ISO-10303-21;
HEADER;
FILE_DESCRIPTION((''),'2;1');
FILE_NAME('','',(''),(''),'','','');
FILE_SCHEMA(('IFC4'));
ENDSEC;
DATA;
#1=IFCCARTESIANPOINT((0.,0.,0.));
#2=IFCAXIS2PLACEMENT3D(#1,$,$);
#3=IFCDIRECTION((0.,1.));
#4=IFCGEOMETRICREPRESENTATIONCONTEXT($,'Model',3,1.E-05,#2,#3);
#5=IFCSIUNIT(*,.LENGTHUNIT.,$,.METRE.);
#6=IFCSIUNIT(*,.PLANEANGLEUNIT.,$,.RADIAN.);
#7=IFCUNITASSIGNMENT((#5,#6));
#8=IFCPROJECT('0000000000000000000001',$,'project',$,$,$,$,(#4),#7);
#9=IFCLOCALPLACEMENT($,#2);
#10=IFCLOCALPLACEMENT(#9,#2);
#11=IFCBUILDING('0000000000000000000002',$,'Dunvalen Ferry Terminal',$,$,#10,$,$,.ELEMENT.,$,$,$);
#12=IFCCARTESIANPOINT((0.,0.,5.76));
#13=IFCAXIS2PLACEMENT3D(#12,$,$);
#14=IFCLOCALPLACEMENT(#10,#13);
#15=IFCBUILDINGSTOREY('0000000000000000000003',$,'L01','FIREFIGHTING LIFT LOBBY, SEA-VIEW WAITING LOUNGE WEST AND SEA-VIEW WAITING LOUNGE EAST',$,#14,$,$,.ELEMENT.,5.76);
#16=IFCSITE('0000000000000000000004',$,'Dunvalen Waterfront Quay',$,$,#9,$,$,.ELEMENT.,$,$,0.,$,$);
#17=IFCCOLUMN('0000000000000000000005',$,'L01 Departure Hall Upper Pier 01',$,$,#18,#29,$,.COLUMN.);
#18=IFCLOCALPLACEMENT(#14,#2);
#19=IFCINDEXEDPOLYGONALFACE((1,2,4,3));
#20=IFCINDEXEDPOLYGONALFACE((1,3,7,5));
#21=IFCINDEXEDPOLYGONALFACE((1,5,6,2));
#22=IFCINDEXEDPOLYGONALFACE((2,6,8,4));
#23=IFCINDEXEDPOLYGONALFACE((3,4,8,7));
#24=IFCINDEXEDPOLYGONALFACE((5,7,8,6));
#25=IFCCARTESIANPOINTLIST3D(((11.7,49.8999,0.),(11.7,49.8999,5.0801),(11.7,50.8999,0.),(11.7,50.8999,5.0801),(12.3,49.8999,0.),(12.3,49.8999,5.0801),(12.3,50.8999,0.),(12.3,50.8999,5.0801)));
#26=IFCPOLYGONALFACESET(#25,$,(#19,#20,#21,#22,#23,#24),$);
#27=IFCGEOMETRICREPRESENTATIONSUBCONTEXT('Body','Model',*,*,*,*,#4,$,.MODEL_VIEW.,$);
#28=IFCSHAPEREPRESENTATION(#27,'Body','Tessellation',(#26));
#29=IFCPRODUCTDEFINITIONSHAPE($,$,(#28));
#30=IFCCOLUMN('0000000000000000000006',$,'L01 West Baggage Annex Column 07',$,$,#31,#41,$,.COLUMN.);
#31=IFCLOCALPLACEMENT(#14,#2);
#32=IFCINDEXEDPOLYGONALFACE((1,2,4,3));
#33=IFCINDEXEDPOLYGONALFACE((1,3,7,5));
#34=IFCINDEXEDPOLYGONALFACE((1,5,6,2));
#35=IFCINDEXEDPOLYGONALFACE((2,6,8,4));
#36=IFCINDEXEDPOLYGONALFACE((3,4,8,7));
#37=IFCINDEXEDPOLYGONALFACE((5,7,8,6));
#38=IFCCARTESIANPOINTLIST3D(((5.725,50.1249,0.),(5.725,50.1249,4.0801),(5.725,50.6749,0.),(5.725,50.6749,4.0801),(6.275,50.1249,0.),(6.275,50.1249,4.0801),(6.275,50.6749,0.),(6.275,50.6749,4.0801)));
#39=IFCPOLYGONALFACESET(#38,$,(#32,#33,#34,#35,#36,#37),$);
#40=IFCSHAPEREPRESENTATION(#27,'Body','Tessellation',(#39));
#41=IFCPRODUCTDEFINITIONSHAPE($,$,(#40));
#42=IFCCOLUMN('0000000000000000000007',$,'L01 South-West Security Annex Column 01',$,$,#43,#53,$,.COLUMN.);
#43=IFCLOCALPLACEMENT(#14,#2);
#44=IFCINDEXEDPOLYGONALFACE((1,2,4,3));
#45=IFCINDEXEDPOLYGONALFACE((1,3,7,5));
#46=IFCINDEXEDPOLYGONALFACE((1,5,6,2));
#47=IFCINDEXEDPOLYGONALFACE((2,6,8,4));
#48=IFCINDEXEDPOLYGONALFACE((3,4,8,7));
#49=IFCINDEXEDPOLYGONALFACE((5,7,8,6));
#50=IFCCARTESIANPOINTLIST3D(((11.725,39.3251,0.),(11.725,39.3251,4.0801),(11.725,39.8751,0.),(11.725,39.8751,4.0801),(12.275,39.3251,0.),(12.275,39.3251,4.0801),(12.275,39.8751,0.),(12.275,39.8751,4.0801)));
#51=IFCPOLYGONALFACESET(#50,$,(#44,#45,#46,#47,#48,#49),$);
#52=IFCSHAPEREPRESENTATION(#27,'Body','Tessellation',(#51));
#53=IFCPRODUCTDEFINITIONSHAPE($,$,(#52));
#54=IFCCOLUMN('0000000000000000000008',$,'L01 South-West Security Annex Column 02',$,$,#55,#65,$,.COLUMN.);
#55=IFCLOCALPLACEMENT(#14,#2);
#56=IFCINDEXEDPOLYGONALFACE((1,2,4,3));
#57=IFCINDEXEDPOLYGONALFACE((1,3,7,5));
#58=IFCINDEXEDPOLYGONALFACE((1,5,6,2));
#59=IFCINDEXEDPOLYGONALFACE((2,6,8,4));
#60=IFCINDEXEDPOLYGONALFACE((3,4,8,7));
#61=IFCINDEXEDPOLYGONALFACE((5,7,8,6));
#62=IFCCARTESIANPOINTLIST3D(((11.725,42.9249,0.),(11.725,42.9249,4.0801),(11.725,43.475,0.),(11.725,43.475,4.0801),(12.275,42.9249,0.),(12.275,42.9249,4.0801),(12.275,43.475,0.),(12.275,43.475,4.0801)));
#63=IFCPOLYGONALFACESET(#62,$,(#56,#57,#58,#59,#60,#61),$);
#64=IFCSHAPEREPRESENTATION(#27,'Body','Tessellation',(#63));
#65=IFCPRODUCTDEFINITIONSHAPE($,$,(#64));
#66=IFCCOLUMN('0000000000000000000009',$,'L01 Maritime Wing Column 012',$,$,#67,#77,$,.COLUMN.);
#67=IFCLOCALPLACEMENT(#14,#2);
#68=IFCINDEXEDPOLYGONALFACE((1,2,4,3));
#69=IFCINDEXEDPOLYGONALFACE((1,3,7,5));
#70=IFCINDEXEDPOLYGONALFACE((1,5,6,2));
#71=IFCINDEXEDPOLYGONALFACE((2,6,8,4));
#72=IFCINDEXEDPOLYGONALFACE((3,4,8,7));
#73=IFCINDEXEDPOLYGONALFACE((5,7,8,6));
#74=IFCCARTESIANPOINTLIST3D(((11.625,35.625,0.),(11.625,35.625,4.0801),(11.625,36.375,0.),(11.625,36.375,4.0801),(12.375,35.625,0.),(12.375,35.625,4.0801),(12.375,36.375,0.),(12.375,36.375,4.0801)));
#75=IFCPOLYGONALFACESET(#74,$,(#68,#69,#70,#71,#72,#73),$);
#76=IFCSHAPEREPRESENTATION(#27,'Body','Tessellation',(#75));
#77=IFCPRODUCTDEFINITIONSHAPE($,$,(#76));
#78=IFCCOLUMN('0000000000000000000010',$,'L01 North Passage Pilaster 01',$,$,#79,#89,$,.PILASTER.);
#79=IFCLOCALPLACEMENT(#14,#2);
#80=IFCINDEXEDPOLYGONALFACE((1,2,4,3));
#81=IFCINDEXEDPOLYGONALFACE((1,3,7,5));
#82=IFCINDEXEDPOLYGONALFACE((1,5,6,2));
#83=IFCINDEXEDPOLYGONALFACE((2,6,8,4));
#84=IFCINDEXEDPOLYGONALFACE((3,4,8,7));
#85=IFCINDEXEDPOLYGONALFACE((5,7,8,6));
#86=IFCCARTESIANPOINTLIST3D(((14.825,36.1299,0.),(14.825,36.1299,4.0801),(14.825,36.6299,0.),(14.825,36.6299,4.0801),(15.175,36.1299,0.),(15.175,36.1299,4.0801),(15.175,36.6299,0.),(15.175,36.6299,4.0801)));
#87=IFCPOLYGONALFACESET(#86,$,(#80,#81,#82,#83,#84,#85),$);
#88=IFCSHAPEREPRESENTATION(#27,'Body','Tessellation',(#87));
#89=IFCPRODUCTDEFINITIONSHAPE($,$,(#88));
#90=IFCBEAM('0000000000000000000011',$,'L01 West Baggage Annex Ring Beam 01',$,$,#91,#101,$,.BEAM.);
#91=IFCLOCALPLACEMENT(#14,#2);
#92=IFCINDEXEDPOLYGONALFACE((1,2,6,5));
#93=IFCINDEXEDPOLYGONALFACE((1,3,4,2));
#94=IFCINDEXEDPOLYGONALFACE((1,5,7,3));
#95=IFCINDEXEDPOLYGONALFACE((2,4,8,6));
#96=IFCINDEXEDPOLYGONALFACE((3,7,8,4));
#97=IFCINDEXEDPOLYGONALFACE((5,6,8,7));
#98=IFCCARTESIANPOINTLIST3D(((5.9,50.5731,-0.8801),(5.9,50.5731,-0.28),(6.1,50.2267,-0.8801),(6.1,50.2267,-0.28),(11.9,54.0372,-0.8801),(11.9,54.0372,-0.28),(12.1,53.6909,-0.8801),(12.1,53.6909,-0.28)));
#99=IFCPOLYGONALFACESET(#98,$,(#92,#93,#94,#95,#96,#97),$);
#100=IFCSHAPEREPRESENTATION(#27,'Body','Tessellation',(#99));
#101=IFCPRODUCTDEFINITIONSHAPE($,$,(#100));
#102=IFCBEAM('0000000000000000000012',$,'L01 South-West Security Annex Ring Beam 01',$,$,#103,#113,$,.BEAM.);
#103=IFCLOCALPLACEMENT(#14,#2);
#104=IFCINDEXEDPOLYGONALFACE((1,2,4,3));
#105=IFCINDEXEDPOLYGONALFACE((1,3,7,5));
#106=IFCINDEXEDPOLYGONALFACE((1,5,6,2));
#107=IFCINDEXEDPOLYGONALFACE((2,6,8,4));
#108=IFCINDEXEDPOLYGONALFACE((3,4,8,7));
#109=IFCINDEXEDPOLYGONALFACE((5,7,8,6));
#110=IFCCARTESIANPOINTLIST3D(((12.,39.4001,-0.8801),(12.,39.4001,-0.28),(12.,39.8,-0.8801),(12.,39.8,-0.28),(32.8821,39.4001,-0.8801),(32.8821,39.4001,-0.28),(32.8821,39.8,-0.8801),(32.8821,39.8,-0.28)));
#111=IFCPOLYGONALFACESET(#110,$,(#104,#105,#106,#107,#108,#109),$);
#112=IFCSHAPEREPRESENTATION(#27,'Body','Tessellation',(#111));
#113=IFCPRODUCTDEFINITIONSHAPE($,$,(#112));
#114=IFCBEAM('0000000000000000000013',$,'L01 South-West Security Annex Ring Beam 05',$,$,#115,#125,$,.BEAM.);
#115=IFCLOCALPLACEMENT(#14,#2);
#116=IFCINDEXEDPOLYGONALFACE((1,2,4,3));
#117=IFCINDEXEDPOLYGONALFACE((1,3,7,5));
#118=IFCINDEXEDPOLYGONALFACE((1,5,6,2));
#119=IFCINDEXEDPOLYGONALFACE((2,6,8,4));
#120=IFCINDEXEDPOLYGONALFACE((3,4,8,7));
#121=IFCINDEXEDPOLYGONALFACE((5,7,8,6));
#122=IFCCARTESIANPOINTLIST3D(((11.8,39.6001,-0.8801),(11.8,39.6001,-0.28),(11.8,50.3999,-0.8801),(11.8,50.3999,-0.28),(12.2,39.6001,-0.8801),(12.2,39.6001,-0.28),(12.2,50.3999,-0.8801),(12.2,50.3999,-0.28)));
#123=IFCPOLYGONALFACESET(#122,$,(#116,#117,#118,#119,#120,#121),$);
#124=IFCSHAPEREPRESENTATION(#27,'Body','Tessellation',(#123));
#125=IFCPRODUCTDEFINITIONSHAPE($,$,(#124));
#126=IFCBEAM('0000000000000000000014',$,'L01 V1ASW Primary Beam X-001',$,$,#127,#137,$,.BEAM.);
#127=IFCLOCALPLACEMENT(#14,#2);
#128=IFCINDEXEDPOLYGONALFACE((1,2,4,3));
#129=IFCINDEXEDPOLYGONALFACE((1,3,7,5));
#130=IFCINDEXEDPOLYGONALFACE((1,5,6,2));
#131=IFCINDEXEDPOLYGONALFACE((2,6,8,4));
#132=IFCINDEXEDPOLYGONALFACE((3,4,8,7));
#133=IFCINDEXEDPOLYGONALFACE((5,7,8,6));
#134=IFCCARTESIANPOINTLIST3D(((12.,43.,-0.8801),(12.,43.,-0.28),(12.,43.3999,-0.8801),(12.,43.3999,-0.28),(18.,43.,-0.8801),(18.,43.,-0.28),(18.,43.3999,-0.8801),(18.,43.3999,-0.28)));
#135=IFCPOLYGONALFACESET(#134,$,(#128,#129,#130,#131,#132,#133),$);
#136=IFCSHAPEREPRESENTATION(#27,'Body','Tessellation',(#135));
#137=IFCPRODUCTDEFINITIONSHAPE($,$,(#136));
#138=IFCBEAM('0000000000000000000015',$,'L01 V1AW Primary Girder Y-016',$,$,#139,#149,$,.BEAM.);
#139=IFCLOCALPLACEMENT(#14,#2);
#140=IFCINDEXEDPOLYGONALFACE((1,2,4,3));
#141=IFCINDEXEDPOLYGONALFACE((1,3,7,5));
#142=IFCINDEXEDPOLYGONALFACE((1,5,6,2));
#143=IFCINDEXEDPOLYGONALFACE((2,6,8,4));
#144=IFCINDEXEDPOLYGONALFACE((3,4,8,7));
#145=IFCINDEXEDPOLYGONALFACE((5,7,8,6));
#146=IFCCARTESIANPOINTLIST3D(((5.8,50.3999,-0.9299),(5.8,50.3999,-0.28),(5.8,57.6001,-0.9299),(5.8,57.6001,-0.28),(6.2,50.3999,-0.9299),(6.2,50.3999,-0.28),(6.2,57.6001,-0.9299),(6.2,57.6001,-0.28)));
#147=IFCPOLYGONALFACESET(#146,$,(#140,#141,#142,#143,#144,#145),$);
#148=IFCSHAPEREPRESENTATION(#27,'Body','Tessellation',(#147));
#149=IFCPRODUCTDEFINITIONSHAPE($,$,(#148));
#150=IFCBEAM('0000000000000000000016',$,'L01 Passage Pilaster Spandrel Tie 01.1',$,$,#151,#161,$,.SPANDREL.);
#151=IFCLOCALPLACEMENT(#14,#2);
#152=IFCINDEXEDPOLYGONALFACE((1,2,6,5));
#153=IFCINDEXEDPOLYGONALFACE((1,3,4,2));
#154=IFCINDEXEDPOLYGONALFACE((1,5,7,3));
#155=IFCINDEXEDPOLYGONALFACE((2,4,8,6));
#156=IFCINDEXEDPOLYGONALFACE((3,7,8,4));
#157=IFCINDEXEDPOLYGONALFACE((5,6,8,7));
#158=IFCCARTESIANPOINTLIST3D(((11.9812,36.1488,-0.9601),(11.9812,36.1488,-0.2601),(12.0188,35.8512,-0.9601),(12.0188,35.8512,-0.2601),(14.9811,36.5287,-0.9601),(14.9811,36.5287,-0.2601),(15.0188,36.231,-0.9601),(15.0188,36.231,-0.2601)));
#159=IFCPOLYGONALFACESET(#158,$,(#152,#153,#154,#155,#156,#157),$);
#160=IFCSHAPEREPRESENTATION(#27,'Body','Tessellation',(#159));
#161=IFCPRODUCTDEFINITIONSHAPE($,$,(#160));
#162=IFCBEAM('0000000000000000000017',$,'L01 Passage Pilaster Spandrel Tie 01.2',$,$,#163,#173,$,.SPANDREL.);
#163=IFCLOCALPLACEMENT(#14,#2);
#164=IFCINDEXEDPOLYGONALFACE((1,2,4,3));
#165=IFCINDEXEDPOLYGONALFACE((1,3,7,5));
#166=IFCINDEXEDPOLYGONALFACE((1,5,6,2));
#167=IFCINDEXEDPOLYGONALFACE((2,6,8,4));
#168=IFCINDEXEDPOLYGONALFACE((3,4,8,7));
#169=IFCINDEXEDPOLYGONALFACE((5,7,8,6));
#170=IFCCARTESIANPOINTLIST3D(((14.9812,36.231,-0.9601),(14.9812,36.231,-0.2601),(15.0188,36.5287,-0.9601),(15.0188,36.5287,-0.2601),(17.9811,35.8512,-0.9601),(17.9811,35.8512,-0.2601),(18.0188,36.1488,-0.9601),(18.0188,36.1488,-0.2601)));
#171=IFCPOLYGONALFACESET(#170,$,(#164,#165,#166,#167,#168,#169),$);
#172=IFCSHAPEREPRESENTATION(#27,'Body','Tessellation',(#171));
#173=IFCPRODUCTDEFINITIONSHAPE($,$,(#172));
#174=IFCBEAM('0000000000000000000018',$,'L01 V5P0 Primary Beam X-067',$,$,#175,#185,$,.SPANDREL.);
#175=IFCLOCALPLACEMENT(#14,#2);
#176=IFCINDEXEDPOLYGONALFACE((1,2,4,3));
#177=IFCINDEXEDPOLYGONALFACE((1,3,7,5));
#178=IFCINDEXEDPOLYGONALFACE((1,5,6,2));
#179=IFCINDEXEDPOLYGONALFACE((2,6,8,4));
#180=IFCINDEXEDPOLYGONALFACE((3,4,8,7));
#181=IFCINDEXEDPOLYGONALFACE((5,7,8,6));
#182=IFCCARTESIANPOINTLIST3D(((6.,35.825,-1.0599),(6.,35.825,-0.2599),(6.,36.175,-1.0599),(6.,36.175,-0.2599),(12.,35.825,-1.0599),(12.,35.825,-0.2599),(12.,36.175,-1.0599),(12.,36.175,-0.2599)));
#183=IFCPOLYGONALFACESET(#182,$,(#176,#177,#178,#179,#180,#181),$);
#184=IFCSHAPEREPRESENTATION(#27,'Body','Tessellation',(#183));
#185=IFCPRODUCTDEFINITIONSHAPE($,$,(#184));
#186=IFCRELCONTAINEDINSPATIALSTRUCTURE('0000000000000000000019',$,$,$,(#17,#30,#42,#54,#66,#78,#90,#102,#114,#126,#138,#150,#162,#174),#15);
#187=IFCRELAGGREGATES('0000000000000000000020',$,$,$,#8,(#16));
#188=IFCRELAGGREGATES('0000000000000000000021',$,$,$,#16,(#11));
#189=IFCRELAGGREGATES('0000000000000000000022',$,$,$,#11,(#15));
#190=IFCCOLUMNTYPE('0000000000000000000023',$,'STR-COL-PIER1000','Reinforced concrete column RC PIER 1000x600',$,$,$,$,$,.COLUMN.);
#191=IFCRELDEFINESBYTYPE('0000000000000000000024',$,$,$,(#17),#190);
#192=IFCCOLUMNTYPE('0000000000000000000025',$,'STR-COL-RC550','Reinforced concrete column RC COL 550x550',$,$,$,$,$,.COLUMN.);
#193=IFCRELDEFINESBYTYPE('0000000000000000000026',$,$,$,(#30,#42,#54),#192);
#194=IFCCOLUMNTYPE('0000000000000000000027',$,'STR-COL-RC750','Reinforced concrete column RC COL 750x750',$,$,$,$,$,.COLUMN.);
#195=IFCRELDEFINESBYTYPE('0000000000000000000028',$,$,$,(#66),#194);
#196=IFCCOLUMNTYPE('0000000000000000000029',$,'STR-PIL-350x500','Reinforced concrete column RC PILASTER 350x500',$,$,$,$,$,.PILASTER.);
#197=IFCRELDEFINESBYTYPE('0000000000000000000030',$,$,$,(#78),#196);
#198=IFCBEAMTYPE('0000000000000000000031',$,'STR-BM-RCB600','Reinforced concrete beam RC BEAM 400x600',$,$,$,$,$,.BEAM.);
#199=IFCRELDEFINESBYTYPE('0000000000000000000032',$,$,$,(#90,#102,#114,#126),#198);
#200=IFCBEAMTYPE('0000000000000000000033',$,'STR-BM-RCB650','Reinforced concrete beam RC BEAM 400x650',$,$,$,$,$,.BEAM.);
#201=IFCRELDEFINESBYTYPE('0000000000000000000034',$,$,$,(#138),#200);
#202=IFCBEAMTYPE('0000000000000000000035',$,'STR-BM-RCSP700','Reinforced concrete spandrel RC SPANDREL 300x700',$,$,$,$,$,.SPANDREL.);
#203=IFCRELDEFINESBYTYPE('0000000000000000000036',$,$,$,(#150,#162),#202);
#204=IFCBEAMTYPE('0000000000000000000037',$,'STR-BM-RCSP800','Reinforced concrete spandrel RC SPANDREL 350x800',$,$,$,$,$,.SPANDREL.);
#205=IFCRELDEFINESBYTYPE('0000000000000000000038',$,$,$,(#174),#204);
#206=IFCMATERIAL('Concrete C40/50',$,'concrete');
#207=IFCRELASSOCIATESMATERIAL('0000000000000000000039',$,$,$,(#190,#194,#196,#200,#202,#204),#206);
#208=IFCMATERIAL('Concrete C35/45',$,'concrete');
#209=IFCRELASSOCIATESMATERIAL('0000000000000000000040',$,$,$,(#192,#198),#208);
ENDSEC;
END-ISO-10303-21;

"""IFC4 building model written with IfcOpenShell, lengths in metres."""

from ifc_helpers import new_model, si_unit, direction, frame, origin, origin_2d, place, context, subcontext, project, spatial, rectangle, extrude, material, material_profile, profile_set, type_object, element, save


model = new_model("IFC4")

# Units and contexts
model_context = context("Model", 3, precision=1e-05, world=origin(), true_north=direction((0.0, 1.0)))
body_context = subcontext(model_context, "Body", "Model", "MODEL_VIEW")
ifc_project = project(units=[si_unit("LENGTHUNIT", "METRE"), si_unit("PLANEANGLEUNIT", "RADIAN")], contexts=[model_context])

# Site, building, storey
site_placement = place(None, origin())
site = spatial("IfcSite", under=ifc_project, at=site_placement, Name="Dunvalen Waterfront Quay", CompositionType="ELEMENT", RefElevation=0.0)
building_placement = place(site_placement, origin())
building = spatial("IfcBuilding", under=site, at=building_placement, Name="Dunvalen Ferry Terminal", CompositionType="ELEMENT")
storey_placement = place(building_placement, frame((0.0, 0.0, 5.76)))
storey = spatial("IfcBuildingStorey", under=building, at=storey_placement, Name="L01", Description="FIREFIGHTING LIFT LOBBY, SEA-VIEW WAITING LOUNGE WEST AND SEA-VIEW WAITING LOUNGE EAST", CompositionType="ELEMENT", Elevation=5.76)

# Columns
ifc_material_1 = material(Name="Concrete C40/50", Category="concrete")
ifc_material_profile_1 = material_profile(ifc_material_1, rectangle(XDim=0.6001, YDim=1.0, at=origin_2d()), Name="Concrete C40/50")
ifc_profile_set_1 = profile_set([ifc_material_profile_1], Name="Concrete C40/50")
column_type_1 = type_object("IfcColumnType", Name="STR-COL-PIER1000", Description="Reinforced concrete column RC PIER 1000x600", PredefinedType="COLUMN", material=ifc_profile_set_1)
column_1_placement = place(storey_placement, frame((12.0, 50.3999, 0.0), z_axis=(0.0, 0.0, 1.0), x_axis=(1.0, 0.0, 0.0)))
element("IfcColumn", 1, at=column_1_placement, inside=storey, type_object=column_type_1, Name="L01 Departure Hall Upper Pier 01", PredefinedType="COLUMN", context=body_context, shape_type="SweptSolid", body=[
    extrude(rectangle(XDim=0.6001, YDim=1.0, at=origin_2d()), origin(), (0.0, 0.0, 1.0), 5.0801),
])
ifc_material_2 = material(Name="Concrete C35/45", Category="concrete")
ifc_material_profile_2 = material_profile(ifc_material_2, rectangle(XDim=0.55, YDim=0.55, at=origin_2d()), Name="Concrete C35/45")
ifc_profile_set_2 = profile_set([ifc_material_profile_2], Name="Concrete C35/45")
column_type_2 = type_object("IfcColumnType", Name="STR-COL-RC550", Description="Reinforced concrete column RC COL 550x550", PredefinedType="COLUMN", material=ifc_profile_set_2)
for number, where, z_axis, x_axis, name in (
    (2, (6.0, 50.3999, 0.0), (0.0, 0.0, 1.0), (1.0, 0.0, 0.0), "L01 West Baggage Annex Column 07"),
    (3, (12.0, 39.6001, 0.0), (0.0, 0.0, 1.0), (1.0, 0.0, 0.0), "L01 South-West Security Annex Column 01"),
    (4, (12.0, 43.2, 0.0), (0.0, 0.0, 1.0), (1.0, 0.0, 0.0), "L01 South-West Security Annex Column 02"),
):
    element("IfcColumn", number, at=place(storey_placement, frame(where, z_axis=z_axis, x_axis=x_axis)), inside=storey, type_object=column_type_2, Name=name, PredefinedType="COLUMN", context=body_context, shape_type="SweptSolid", body=[
        extrude(rectangle(XDim=0.55, YDim=0.55, at=origin_2d()), origin(), (0.0, 0.0, 1.0), 4.0801),
    ])
ifc_material_profile_3 = material_profile(ifc_material_1, rectangle(XDim=0.75, YDim=0.75, at=origin_2d()), Name="Concrete C40/50")
ifc_profile_set_3 = profile_set([ifc_material_profile_3], Name="Concrete C40/50")
column_type_3 = type_object("IfcColumnType", Name="STR-COL-RC750", Description="Reinforced concrete column RC COL 750x750", PredefinedType="COLUMN", material=ifc_profile_set_3)
column_2_placement = place(storey_placement, frame((12.0, 36.0, 0.0), z_axis=(0.0, 0.0, 1.0), x_axis=(1.0, 0.0, 0.0)))
element("IfcColumn", 5, at=column_2_placement, inside=storey, type_object=column_type_3, Name="L01 Maritime Wing Column 012", PredefinedType="COLUMN", context=body_context, shape_type="SweptSolid", body=[
    extrude(rectangle(XDim=0.75, YDim=0.75, at=origin_2d()), origin(), (0.0, 0.0, 1.0), 4.0801),
])
ifc_material_profile_4 = material_profile(ifc_material_1, rectangle(XDim=0.3501, YDim=0.5, at=origin_2d()), Name="Concrete C40/50")
ifc_profile_set_4 = profile_set([ifc_material_profile_4], Name="Concrete C40/50")
column_type_4 = type_object("IfcColumnType", Name="STR-PIL-350x500", Description="Reinforced concrete column RC PILASTER 350x500", PredefinedType="PILASTER", material=ifc_profile_set_4)
column_3_placement = place(storey_placement, frame((15.0, 36.3799, 0.0), z_axis=(0.0, 0.0, 1.0), x_axis=(1.0, 0.0, 0.0)))
element("IfcColumn", 6, at=column_3_placement, inside=storey, type_object=column_type_4, Name="L01 North Passage Pilaster 01", PredefinedType="PILASTER", context=body_context, shape_type="SweptSolid", body=[
    extrude(rectangle(XDim=0.3501, YDim=0.5, at=origin_2d()), origin(), (0.0, 0.0, 1.0), 4.0801),
])

# Beams
ifc_material_profile_5 = material_profile(ifc_material_2, rectangle(XDim=0.3999, YDim=0.6001, at=origin_2d()), Name="Concrete C35/45")
ifc_profile_set_5 = profile_set([ifc_material_profile_5], Name="Concrete C35/45")
beam_type_1 = type_object("IfcBeamType", Name="STR-BM-RCB600", Description="Reinforced concrete beam RC BEAM 400x600", PredefinedType="BEAM", material=ifc_profile_set_5)
beam_1_placement = place(storey_placement, frame((6.0, 50.3999, -0.5801), z_axis=(0.866025, 0.500001, 0.0), x_axis=(-0.500001, 0.866025, 0.0)))
element("IfcBeam", 7, at=beam_1_placement, inside=storey, type_object=beam_type_1, Name="L01 West Baggage Annex Ring Beam 01", PredefinedType="BEAM", context=body_context, shape_type="SweptSolid", body=[
    extrude(rectangle(XDim=0.3999, YDim=0.6001, at=origin_2d()), origin(), (0.0, 0.0, 1.0), 6.9282),
])
beam_2_placement = place(storey_placement, frame((12.0, 39.6001, -0.5801), z_axis=(1.0, 0.0, 0.0), x_axis=(0.0, 1.0, 0.0)))
element("IfcBeam", 8, at=beam_2_placement, inside=storey, type_object=beam_type_1, Name="L01 South-West Security Annex Ring Beam 01", PredefinedType="BEAM", context=body_context, shape_type="SweptSolid", body=[
    extrude(rectangle(XDim=0.3999, YDim=0.6001, at=origin_2d()), origin(), (0.0, 0.0, 1.0), 20.8821),
])
beam_3_placement = place(storey_placement, frame((12.0, 50.3999, -0.5801), z_axis=(0.0, -1.0, 0.0), x_axis=(1.0, 0.0, 0.0)))
element("IfcBeam", 9, at=beam_3_placement, inside=storey, type_object=beam_type_1, Name="L01 South-West Security Annex Ring Beam 05", PredefinedType="BEAM", context=body_context, shape_type="SweptSolid", body=[
    extrude(rectangle(XDim=0.3999, YDim=0.6001, at=origin_2d()), origin(), (0.0, 0.0, 1.0), 10.7998),
])
beam_4_placement = place(storey_placement, frame((12.0, 43.2, -0.5801), z_axis=(1.0, 0.0, 0.0), x_axis=(0.0, 1.0, 0.0)))
element("IfcBeam", 10, at=beam_4_placement, inside=storey, type_object=beam_type_1, Name="L01 V1ASW Primary Beam X-001", PredefinedType="BEAM", context=body_context, shape_type="SweptSolid", body=[
    extrude(rectangle(XDim=0.3999, YDim=0.6001, at=origin_2d()), origin(), (0.0, 0.0, 1.0), 6.0),
])
ifc_material_profile_6 = material_profile(ifc_material_1, rectangle(XDim=0.3999, YDim=0.6499, at=origin_2d()), Name="Concrete C40/50")
ifc_profile_set_6 = profile_set([ifc_material_profile_6], Name="Concrete C40/50")
beam_type_2 = type_object("IfcBeamType", Name="STR-BM-RCB650", Description="Reinforced concrete beam RC BEAM 400x650", PredefinedType="BEAM", material=ifc_profile_set_6)
beam_5_placement = place(storey_placement, frame((6.0, 50.3999, -0.605), z_axis=(0.0, 1.0, 0.0), x_axis=(-1.0, 0.0, 0.0)))
element("IfcBeam", 11, at=beam_5_placement, inside=storey, type_object=beam_type_2, Name="L01 V1AW Primary Girder Y-016", PredefinedType="BEAM", context=body_context, shape_type="SweptSolid", body=[
    extrude(rectangle(XDim=0.3999, YDim=0.6499, at=origin_2d()), origin(), (0.0, 0.0, 1.0), 7.2002),
])
ifc_material_profile_7 = material_profile(ifc_material_1, rectangle(XDim=0.3, YDim=0.7, at=origin_2d()), Name="Concrete C40/50")
ifc_profile_set_7 = profile_set([ifc_material_profile_7], Name="Concrete C40/50")
beam_type_3 = type_object("IfcBeamType", Name="STR-BM-RCSP700", Description="Reinforced concrete spandrel RC SPANDREL 300x700", PredefinedType="SPANDREL", material=ifc_profile_set_7)
for number, where, z_axis, x_axis, name in (
    (12, (12.0, 36.0, -0.6101), (0.992078, 0.125624, 0.0), (-0.125624, 0.992078, 0.0), "L01 Passage Pilaster Spandrel Tie 01.1"),
    (13, (15.0, 36.3799, -0.6101), (0.992078, -0.125624, 0.0), (0.125624, 0.992078, 0.0), "L01 Passage Pilaster Spandrel Tie 01.2"),
):
    element("IfcBeam", number, at=place(storey_placement, frame(where, z_axis=z_axis, x_axis=x_axis)), inside=storey, type_object=beam_type_3, Name=name, PredefinedType="SPANDREL", context=body_context, shape_type="SweptSolid", body=[
        extrude(rectangle(XDim=0.3, YDim=0.7, at=origin_2d()), origin(), (0.0, 0.0, 1.0), 3.0239),
    ])
ifc_material_profile_8 = material_profile(ifc_material_1, rectangle(XDim=0.3501, YDim=0.8, at=origin_2d()), Name="Concrete C40/50")
ifc_profile_set_8 = profile_set([ifc_material_profile_8], Name="Concrete C40/50")
beam_type_4 = type_object("IfcBeamType", Name="STR-BM-RCSP800", Description="Reinforced concrete spandrel RC SPANDREL 350x800", PredefinedType="SPANDREL", material=ifc_profile_set_8)
beam_6_placement = place(storey_placement, frame((6.0, 36.0, -0.6599), z_axis=(1.0, 0.0, 0.0), x_axis=(0.0, 1.0, 0.0)))
element("IfcBeam", 14, at=beam_6_placement, inside=storey, type_object=beam_type_4, Name="L01 V5P0 Primary Beam X-067", PredefinedType="SPANDREL", context=body_context, shape_type="SweptSolid", body=[
    extrude(rectangle(XDim=0.3501, YDim=0.8, at=origin_2d()), origin(), (0.0, 0.0, 1.0), 6.0),
])

save(model, "model.ifc")
